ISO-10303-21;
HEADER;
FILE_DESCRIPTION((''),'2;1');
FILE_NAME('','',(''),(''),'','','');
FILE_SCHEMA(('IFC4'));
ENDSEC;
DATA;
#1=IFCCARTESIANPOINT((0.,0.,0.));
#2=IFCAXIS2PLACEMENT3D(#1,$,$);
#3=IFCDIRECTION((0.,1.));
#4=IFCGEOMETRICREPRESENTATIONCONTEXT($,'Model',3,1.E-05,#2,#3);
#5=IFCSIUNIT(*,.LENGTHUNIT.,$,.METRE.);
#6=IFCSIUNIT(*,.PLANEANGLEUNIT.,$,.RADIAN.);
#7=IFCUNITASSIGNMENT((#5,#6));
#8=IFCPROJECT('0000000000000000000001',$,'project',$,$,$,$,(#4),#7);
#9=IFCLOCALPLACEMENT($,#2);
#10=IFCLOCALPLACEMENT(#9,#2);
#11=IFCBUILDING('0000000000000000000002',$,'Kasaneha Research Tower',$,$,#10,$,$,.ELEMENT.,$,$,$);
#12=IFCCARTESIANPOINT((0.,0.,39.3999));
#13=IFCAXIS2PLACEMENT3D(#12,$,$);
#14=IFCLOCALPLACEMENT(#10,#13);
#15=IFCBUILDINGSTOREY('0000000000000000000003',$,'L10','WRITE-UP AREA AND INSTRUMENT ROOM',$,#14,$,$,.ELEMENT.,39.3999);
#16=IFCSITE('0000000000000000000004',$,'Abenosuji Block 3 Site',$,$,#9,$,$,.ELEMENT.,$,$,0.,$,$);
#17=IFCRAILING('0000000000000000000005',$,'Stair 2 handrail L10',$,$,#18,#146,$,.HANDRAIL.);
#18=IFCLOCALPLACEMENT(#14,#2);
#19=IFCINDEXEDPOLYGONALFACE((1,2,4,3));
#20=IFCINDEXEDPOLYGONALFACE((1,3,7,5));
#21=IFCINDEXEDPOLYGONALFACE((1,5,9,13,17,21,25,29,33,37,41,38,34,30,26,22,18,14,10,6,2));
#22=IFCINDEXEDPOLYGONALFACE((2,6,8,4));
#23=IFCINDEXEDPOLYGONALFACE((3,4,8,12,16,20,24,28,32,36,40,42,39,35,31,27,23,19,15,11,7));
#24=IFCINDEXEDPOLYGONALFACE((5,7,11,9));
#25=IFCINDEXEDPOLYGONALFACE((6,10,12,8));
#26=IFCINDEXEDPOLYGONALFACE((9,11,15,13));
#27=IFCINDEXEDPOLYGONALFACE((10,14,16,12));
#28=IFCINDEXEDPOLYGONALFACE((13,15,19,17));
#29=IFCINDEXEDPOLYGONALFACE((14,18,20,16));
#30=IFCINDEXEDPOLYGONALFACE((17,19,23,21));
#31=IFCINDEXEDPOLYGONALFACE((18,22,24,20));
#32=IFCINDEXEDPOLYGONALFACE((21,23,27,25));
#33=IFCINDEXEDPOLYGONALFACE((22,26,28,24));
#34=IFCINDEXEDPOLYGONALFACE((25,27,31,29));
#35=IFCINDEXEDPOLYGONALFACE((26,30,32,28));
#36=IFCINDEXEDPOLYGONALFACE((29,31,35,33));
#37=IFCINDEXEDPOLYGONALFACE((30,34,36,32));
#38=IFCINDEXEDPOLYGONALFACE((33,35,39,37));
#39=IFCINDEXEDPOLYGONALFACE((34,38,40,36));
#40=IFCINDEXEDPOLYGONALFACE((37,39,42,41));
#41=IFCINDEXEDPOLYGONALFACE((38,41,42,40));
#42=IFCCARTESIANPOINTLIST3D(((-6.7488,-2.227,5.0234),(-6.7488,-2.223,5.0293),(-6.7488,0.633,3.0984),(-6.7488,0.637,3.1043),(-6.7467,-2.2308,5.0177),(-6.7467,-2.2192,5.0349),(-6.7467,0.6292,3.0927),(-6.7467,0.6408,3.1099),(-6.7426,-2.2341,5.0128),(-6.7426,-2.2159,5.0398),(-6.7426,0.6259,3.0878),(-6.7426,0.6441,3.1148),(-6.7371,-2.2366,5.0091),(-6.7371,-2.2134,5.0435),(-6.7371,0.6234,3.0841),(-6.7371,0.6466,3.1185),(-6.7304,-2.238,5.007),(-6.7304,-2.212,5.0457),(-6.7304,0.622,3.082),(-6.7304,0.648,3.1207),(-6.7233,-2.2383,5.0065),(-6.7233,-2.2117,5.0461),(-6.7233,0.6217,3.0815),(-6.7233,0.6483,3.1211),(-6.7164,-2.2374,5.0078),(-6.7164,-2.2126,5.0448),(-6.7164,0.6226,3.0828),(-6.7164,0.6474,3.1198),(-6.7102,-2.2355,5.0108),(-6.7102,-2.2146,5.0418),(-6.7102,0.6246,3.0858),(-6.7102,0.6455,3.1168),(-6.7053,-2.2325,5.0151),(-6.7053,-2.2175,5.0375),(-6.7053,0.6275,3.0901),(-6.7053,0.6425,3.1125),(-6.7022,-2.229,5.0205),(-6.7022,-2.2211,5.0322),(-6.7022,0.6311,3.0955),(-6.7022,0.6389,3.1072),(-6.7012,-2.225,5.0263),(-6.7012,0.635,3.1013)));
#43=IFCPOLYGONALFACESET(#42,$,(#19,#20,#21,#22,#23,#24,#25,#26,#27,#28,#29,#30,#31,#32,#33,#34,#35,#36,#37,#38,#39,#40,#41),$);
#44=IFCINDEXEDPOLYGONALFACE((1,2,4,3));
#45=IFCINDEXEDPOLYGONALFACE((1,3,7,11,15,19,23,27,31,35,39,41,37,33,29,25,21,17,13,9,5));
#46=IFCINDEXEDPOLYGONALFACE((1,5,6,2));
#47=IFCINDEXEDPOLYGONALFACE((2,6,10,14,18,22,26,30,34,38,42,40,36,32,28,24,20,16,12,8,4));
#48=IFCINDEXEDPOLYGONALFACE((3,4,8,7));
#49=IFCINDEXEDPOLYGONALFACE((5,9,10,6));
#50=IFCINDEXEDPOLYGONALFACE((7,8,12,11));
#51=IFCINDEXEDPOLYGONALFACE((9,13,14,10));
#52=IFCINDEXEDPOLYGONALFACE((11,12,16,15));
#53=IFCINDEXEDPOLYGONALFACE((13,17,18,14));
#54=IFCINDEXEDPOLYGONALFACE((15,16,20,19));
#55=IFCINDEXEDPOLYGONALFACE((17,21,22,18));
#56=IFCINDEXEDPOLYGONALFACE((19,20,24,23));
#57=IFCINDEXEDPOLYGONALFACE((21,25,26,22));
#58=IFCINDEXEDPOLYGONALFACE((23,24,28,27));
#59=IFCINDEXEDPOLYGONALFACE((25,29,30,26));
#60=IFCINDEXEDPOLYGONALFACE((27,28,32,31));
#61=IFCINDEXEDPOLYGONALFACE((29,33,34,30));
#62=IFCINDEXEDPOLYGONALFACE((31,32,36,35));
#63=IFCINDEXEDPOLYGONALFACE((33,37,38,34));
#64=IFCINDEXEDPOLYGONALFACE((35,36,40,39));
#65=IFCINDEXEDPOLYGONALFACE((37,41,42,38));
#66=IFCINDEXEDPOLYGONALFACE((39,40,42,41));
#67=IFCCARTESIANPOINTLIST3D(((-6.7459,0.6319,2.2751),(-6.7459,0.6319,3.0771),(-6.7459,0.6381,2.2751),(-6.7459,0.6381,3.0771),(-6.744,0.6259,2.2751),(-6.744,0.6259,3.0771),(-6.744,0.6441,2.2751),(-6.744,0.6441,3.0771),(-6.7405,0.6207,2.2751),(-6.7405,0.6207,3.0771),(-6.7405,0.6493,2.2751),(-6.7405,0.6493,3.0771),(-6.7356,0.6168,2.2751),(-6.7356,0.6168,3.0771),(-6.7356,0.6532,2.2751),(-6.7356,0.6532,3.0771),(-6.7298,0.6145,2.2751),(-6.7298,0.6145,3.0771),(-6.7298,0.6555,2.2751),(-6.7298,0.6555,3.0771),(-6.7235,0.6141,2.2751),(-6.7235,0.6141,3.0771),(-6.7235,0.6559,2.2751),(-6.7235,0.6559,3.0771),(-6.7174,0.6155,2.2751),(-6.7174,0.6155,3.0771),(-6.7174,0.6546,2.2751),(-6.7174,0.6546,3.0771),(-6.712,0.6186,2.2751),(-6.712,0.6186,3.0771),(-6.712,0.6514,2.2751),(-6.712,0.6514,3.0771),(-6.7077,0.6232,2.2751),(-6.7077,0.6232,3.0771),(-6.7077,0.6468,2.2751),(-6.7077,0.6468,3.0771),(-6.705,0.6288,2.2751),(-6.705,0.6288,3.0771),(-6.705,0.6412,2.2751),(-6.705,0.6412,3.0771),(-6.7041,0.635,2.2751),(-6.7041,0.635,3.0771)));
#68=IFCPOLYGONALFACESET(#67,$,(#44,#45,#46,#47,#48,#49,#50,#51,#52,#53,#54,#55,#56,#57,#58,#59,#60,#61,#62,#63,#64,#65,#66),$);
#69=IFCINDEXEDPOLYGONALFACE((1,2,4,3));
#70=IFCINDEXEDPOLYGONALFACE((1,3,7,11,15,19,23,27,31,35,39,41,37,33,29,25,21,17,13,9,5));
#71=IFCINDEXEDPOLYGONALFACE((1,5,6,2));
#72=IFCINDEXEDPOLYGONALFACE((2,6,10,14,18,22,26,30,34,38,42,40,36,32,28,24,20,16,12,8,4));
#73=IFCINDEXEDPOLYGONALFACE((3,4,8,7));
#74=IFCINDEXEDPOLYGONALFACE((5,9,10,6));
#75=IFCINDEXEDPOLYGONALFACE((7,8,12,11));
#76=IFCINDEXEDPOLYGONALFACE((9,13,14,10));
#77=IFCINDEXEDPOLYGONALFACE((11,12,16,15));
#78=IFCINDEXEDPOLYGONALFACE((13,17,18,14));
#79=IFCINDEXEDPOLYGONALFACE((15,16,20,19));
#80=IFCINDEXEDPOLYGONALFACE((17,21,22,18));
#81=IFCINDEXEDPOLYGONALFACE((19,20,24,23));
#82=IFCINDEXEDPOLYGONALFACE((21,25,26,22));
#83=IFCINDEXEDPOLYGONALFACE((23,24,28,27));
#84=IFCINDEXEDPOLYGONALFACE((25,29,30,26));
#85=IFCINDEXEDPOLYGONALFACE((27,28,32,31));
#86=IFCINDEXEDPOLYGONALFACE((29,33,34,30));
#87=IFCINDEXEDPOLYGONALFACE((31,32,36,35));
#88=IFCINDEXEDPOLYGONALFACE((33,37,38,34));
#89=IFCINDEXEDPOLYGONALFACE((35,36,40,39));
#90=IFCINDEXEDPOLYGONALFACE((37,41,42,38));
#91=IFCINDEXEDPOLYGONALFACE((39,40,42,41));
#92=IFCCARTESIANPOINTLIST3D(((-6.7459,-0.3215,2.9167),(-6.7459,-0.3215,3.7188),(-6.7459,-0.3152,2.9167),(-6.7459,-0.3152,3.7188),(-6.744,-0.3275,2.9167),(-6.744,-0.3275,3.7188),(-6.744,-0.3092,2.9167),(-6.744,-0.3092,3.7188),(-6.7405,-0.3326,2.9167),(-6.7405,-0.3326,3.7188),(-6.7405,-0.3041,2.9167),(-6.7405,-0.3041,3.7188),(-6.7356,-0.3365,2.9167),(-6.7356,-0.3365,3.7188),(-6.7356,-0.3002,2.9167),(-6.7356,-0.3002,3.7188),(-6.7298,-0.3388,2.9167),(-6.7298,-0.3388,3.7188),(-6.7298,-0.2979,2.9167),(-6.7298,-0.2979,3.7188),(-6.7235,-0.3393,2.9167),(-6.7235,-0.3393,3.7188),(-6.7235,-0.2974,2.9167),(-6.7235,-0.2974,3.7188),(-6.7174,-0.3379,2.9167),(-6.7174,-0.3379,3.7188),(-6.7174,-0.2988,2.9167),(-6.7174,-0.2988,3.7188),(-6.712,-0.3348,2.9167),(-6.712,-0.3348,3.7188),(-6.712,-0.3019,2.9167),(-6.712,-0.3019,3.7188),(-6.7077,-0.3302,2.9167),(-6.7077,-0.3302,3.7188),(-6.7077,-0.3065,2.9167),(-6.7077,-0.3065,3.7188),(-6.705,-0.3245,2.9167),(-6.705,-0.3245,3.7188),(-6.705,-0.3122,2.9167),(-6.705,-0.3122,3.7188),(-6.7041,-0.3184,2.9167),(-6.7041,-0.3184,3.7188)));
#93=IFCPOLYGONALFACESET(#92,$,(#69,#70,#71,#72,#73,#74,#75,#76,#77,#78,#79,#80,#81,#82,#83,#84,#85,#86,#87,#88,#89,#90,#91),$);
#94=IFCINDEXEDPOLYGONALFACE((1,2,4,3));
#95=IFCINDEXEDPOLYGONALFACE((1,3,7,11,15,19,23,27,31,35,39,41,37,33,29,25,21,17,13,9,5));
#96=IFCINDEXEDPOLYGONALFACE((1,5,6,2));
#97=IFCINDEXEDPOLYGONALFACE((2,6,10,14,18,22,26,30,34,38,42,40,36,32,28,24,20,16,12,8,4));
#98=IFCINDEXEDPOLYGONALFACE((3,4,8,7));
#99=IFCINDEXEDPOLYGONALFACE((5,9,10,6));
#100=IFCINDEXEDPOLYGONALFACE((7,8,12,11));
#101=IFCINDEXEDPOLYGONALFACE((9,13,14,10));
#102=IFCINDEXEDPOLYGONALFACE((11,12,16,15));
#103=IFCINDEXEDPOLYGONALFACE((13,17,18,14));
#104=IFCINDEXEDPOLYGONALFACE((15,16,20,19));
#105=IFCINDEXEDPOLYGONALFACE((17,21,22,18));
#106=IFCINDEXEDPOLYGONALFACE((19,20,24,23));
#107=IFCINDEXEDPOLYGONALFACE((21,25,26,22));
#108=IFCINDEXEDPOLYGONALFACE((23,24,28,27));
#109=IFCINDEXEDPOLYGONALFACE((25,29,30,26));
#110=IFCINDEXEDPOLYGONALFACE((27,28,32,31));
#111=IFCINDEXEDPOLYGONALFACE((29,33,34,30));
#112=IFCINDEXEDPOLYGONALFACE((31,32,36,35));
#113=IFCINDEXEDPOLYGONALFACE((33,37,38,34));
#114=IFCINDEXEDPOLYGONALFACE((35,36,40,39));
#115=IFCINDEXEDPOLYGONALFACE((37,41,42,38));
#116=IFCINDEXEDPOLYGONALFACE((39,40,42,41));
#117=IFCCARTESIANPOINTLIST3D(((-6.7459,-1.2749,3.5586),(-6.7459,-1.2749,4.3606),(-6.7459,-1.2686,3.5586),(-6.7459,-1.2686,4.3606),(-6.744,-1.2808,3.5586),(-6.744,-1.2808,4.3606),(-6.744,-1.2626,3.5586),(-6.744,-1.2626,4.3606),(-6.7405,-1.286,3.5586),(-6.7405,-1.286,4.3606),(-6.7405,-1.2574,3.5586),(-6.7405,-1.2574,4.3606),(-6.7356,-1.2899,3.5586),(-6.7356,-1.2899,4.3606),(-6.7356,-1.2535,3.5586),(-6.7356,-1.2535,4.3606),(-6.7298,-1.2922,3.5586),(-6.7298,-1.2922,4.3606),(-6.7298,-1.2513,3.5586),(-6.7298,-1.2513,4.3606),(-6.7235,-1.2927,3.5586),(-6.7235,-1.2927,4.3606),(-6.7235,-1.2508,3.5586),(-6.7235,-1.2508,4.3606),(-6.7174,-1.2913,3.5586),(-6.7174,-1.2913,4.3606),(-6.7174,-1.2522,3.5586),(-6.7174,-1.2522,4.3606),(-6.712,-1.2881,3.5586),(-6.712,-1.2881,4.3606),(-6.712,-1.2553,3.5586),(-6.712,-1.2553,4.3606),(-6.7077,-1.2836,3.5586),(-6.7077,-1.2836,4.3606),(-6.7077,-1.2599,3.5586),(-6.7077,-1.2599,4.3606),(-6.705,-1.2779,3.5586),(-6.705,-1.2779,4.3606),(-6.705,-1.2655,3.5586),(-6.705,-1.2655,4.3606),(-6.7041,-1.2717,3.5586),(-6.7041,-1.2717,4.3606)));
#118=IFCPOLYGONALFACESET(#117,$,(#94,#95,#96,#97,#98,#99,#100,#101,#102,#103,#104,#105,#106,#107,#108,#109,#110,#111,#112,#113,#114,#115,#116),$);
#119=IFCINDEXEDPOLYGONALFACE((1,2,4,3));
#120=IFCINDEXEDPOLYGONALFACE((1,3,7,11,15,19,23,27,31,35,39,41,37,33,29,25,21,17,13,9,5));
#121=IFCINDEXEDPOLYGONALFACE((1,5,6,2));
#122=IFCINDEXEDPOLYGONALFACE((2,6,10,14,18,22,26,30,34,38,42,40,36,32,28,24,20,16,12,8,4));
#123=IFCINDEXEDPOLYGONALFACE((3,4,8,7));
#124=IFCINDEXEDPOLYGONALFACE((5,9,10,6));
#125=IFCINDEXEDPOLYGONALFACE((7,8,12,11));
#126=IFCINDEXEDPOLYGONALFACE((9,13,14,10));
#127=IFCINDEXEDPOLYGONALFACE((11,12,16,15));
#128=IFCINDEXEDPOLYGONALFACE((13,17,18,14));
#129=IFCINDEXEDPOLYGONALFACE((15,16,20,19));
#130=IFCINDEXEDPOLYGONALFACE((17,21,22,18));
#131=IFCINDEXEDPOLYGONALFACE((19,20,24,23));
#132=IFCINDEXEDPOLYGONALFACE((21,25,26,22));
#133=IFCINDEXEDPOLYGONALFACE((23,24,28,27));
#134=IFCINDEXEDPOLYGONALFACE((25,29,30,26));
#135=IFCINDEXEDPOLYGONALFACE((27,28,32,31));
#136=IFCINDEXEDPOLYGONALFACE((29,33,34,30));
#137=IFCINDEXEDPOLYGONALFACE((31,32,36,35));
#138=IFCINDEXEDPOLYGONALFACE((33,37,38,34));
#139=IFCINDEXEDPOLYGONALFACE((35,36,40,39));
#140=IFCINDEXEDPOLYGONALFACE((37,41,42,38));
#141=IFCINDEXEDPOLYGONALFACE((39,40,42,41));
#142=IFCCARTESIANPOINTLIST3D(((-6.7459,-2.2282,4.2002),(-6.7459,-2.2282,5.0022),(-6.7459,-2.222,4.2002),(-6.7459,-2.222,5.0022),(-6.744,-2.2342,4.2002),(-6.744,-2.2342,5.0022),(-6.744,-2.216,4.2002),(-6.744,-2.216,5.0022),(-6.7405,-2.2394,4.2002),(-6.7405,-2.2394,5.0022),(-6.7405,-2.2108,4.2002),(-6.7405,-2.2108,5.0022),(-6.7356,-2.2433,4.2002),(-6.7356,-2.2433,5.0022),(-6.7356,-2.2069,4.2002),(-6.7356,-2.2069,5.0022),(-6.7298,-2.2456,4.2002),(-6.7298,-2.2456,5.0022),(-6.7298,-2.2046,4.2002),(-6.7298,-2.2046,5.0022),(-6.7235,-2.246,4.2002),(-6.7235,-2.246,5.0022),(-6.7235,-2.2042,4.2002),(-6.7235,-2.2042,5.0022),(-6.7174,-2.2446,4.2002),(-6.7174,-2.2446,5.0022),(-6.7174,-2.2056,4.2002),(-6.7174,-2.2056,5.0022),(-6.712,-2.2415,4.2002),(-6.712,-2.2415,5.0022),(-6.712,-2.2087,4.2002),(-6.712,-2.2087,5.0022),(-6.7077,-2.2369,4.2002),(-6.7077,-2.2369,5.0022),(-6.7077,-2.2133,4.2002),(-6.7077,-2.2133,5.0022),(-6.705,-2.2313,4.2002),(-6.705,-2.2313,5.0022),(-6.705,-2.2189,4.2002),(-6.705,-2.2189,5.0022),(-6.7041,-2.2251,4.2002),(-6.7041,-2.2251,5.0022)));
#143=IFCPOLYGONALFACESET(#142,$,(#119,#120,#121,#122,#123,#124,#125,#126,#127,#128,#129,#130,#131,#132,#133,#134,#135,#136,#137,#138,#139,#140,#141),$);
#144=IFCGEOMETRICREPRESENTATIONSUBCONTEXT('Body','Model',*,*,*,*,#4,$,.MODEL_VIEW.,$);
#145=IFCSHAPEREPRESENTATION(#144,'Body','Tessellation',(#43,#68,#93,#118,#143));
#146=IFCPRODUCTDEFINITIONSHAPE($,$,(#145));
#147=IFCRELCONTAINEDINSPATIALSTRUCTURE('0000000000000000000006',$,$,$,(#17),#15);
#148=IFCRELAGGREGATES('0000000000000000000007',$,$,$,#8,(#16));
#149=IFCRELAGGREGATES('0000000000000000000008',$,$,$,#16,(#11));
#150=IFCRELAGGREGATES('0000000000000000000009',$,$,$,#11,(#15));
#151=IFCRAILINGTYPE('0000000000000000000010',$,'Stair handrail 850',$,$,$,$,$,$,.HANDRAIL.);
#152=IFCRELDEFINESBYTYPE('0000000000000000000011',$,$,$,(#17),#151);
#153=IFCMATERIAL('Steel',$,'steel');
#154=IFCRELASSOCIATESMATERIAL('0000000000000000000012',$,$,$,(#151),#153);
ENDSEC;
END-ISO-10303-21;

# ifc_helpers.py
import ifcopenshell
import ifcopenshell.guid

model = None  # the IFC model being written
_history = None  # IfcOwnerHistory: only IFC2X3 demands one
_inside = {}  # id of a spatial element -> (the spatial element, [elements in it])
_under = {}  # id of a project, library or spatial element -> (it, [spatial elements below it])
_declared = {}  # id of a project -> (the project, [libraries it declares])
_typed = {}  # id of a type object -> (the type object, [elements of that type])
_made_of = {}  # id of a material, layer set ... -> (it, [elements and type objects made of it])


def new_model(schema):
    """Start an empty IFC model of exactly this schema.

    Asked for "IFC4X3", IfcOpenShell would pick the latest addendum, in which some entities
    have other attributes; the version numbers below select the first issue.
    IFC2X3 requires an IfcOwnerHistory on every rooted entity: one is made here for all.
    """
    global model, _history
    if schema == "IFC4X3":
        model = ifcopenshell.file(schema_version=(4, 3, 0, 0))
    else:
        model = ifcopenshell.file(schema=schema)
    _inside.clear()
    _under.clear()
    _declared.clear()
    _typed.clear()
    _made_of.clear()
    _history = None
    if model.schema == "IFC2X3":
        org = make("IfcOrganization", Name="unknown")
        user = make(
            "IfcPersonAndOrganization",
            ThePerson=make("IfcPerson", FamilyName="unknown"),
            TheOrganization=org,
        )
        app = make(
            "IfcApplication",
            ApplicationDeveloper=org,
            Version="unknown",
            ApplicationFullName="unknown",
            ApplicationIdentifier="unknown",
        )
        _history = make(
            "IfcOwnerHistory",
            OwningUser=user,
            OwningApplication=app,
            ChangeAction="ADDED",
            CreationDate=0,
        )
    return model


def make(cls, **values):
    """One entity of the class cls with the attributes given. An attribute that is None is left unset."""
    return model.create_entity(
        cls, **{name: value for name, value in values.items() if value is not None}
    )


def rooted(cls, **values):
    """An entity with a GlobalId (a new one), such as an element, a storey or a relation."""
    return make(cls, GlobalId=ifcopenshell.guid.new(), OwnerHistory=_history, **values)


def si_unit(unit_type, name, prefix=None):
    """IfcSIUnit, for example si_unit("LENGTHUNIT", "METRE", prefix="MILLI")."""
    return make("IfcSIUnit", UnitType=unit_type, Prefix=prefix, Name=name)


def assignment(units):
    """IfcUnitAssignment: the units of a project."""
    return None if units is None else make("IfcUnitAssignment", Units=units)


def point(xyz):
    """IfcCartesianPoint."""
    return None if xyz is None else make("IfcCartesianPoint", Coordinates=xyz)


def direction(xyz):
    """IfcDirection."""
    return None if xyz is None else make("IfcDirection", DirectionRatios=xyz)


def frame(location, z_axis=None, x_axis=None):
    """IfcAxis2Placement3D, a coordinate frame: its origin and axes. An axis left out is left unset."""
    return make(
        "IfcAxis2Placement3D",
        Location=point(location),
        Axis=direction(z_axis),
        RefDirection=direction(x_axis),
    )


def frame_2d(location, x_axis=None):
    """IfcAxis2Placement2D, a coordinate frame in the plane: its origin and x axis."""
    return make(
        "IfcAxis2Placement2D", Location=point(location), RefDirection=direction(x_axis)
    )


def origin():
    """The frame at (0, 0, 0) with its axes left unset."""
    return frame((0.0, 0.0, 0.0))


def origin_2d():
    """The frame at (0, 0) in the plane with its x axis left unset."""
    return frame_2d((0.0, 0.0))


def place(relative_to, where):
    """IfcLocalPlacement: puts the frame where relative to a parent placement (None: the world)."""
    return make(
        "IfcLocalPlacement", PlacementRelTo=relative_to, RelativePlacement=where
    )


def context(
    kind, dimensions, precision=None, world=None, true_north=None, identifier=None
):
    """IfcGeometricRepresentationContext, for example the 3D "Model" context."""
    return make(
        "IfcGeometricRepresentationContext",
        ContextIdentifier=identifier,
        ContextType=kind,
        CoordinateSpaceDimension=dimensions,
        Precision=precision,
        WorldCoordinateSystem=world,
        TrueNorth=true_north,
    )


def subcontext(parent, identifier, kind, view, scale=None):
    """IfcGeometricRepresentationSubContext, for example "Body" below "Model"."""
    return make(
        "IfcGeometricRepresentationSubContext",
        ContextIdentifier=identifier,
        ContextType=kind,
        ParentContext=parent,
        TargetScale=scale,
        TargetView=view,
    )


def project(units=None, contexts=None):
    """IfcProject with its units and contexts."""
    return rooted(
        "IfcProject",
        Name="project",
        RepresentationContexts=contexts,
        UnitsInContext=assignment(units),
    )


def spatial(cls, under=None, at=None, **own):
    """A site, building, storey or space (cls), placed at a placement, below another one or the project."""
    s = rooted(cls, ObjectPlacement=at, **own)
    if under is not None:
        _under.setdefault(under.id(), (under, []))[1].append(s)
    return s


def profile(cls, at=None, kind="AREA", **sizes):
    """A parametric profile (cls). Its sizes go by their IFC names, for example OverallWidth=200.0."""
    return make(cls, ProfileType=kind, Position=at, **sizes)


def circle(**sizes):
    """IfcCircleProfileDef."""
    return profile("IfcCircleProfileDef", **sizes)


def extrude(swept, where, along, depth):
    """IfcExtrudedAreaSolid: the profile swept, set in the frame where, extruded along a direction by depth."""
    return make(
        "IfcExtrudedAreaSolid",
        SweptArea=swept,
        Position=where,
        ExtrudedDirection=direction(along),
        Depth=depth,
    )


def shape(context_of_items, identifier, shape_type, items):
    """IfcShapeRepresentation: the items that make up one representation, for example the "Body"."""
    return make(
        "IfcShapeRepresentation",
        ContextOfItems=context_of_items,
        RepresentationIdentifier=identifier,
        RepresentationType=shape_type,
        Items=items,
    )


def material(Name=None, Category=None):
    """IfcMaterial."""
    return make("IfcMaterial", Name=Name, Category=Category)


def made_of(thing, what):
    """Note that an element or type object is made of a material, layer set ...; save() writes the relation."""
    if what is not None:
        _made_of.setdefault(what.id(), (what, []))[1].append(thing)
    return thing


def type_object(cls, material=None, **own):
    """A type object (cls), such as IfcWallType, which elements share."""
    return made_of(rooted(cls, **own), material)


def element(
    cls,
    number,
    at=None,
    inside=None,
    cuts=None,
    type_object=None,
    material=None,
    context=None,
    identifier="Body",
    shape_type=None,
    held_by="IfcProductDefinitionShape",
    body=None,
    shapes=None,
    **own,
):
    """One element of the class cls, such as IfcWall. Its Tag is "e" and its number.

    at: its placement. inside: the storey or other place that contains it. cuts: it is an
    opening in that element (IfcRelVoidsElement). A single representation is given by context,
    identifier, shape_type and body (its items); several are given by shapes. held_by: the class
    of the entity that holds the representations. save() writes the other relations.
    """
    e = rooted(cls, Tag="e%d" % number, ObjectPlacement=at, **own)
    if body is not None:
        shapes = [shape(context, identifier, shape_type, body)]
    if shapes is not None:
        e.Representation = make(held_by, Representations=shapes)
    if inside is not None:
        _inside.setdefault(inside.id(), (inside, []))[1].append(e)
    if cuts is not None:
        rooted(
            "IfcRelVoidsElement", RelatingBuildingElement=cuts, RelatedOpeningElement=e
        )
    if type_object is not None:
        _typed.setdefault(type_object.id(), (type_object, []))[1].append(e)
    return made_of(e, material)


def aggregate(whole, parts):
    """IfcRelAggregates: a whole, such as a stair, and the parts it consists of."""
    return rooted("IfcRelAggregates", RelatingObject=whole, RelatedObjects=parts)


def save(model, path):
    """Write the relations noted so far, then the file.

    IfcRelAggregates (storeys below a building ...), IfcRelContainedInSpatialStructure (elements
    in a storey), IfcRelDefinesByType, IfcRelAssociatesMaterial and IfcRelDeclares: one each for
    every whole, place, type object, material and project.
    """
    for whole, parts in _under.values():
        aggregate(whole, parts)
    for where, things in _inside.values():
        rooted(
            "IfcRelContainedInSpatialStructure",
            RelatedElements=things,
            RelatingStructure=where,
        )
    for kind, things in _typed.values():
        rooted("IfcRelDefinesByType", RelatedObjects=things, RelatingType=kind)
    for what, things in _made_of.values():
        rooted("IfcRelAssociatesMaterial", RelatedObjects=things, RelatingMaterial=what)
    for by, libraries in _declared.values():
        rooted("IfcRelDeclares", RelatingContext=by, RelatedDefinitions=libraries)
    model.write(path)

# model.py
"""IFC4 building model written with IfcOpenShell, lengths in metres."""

from ifc_helpers import new_model, si_unit, direction, frame, origin, origin_2d, place, context, subcontext, project, spatial, circle, extrude, material, type_object, element, save


model = new_model("IFC4")

# Units and contexts
model_context = context("Model", 3, precision=1e-05, world=origin(), true_north=direction((0.0, 1.0)))
body_context = subcontext(model_context, "Body", "Model", "MODEL_VIEW")
ifc_project = project(units=[si_unit("LENGTHUNIT", "METRE"), si_unit("PLANEANGLEUNIT", "RADIAN")], contexts=[model_context])

# Site, building, storey
site_placement = place(None, origin())
site = spatial("IfcSite", under=ifc_project, at=site_placement, Name="Abenosuji Block 3 Site", CompositionType="ELEMENT", RefElevation=0.0)
building_placement = place(site_placement, origin())
building = spatial("IfcBuilding", under=site, at=building_placement, Name="Kasaneha Research Tower", CompositionType="ELEMENT")
storey_placement = place(building_placement, frame((0.0, 0.0, 39.3999)))
storey = spatial("IfcBuildingStorey", under=building, at=storey_placement, Name="L10", Description="WRITE-UP AREA AND INSTRUMENT ROOM", CompositionType="ELEMENT", Elevation=39.3999)

# Railing
ifc_material_1 = material(Name="Steel", Category="steel")
railing_type_1 = type_object("IfcRailingType", Name="Stair handrail 850", PredefinedType="HANDRAIL", material=ifc_material_1)
railing_1_placement = place(storey_placement, frame((-6.7251, 0.635, 2.2751)))
element("IfcRailing", 1, at=railing_1_placement, inside=storey, type_object=railing_type_1, Name="Stair 2 handrail L10", PredefinedType="HANDRAIL", context=body_context, shape_type="SweptSolid", body=[
    extrude(circle(Radius=0.0239, at=origin_2d()), frame((0.0, 0.0, 0.8262), z_axis=(0.0, -0.829591, 0.558372), x_axis=(1.0, 0.0, 0.0)), (0.0, 0.0, 1.0), 3.4475),
    extrude(circle(Radius=0.021, at=origin_2d()), origin(), (0.0, 0.0, 1.0), 0.802),
    extrude(circle(Radius=0.021, at=origin_2d()), frame((0.0, -0.9534, 0.6416)), (0.0, 0.0, 1.0), 0.802),
    extrude(circle(Radius=0.021, at=origin_2d()), frame((0.0, -1.9067, 1.2834)), (0.0, 0.0, 1.0), 0.802),
    extrude(circle(Radius=0.021, at=origin_2d()), frame((0.0, -2.8601, 1.925)), (0.0, 0.0, 1.0), 0.802),
])

save(model, "model.ifc")
